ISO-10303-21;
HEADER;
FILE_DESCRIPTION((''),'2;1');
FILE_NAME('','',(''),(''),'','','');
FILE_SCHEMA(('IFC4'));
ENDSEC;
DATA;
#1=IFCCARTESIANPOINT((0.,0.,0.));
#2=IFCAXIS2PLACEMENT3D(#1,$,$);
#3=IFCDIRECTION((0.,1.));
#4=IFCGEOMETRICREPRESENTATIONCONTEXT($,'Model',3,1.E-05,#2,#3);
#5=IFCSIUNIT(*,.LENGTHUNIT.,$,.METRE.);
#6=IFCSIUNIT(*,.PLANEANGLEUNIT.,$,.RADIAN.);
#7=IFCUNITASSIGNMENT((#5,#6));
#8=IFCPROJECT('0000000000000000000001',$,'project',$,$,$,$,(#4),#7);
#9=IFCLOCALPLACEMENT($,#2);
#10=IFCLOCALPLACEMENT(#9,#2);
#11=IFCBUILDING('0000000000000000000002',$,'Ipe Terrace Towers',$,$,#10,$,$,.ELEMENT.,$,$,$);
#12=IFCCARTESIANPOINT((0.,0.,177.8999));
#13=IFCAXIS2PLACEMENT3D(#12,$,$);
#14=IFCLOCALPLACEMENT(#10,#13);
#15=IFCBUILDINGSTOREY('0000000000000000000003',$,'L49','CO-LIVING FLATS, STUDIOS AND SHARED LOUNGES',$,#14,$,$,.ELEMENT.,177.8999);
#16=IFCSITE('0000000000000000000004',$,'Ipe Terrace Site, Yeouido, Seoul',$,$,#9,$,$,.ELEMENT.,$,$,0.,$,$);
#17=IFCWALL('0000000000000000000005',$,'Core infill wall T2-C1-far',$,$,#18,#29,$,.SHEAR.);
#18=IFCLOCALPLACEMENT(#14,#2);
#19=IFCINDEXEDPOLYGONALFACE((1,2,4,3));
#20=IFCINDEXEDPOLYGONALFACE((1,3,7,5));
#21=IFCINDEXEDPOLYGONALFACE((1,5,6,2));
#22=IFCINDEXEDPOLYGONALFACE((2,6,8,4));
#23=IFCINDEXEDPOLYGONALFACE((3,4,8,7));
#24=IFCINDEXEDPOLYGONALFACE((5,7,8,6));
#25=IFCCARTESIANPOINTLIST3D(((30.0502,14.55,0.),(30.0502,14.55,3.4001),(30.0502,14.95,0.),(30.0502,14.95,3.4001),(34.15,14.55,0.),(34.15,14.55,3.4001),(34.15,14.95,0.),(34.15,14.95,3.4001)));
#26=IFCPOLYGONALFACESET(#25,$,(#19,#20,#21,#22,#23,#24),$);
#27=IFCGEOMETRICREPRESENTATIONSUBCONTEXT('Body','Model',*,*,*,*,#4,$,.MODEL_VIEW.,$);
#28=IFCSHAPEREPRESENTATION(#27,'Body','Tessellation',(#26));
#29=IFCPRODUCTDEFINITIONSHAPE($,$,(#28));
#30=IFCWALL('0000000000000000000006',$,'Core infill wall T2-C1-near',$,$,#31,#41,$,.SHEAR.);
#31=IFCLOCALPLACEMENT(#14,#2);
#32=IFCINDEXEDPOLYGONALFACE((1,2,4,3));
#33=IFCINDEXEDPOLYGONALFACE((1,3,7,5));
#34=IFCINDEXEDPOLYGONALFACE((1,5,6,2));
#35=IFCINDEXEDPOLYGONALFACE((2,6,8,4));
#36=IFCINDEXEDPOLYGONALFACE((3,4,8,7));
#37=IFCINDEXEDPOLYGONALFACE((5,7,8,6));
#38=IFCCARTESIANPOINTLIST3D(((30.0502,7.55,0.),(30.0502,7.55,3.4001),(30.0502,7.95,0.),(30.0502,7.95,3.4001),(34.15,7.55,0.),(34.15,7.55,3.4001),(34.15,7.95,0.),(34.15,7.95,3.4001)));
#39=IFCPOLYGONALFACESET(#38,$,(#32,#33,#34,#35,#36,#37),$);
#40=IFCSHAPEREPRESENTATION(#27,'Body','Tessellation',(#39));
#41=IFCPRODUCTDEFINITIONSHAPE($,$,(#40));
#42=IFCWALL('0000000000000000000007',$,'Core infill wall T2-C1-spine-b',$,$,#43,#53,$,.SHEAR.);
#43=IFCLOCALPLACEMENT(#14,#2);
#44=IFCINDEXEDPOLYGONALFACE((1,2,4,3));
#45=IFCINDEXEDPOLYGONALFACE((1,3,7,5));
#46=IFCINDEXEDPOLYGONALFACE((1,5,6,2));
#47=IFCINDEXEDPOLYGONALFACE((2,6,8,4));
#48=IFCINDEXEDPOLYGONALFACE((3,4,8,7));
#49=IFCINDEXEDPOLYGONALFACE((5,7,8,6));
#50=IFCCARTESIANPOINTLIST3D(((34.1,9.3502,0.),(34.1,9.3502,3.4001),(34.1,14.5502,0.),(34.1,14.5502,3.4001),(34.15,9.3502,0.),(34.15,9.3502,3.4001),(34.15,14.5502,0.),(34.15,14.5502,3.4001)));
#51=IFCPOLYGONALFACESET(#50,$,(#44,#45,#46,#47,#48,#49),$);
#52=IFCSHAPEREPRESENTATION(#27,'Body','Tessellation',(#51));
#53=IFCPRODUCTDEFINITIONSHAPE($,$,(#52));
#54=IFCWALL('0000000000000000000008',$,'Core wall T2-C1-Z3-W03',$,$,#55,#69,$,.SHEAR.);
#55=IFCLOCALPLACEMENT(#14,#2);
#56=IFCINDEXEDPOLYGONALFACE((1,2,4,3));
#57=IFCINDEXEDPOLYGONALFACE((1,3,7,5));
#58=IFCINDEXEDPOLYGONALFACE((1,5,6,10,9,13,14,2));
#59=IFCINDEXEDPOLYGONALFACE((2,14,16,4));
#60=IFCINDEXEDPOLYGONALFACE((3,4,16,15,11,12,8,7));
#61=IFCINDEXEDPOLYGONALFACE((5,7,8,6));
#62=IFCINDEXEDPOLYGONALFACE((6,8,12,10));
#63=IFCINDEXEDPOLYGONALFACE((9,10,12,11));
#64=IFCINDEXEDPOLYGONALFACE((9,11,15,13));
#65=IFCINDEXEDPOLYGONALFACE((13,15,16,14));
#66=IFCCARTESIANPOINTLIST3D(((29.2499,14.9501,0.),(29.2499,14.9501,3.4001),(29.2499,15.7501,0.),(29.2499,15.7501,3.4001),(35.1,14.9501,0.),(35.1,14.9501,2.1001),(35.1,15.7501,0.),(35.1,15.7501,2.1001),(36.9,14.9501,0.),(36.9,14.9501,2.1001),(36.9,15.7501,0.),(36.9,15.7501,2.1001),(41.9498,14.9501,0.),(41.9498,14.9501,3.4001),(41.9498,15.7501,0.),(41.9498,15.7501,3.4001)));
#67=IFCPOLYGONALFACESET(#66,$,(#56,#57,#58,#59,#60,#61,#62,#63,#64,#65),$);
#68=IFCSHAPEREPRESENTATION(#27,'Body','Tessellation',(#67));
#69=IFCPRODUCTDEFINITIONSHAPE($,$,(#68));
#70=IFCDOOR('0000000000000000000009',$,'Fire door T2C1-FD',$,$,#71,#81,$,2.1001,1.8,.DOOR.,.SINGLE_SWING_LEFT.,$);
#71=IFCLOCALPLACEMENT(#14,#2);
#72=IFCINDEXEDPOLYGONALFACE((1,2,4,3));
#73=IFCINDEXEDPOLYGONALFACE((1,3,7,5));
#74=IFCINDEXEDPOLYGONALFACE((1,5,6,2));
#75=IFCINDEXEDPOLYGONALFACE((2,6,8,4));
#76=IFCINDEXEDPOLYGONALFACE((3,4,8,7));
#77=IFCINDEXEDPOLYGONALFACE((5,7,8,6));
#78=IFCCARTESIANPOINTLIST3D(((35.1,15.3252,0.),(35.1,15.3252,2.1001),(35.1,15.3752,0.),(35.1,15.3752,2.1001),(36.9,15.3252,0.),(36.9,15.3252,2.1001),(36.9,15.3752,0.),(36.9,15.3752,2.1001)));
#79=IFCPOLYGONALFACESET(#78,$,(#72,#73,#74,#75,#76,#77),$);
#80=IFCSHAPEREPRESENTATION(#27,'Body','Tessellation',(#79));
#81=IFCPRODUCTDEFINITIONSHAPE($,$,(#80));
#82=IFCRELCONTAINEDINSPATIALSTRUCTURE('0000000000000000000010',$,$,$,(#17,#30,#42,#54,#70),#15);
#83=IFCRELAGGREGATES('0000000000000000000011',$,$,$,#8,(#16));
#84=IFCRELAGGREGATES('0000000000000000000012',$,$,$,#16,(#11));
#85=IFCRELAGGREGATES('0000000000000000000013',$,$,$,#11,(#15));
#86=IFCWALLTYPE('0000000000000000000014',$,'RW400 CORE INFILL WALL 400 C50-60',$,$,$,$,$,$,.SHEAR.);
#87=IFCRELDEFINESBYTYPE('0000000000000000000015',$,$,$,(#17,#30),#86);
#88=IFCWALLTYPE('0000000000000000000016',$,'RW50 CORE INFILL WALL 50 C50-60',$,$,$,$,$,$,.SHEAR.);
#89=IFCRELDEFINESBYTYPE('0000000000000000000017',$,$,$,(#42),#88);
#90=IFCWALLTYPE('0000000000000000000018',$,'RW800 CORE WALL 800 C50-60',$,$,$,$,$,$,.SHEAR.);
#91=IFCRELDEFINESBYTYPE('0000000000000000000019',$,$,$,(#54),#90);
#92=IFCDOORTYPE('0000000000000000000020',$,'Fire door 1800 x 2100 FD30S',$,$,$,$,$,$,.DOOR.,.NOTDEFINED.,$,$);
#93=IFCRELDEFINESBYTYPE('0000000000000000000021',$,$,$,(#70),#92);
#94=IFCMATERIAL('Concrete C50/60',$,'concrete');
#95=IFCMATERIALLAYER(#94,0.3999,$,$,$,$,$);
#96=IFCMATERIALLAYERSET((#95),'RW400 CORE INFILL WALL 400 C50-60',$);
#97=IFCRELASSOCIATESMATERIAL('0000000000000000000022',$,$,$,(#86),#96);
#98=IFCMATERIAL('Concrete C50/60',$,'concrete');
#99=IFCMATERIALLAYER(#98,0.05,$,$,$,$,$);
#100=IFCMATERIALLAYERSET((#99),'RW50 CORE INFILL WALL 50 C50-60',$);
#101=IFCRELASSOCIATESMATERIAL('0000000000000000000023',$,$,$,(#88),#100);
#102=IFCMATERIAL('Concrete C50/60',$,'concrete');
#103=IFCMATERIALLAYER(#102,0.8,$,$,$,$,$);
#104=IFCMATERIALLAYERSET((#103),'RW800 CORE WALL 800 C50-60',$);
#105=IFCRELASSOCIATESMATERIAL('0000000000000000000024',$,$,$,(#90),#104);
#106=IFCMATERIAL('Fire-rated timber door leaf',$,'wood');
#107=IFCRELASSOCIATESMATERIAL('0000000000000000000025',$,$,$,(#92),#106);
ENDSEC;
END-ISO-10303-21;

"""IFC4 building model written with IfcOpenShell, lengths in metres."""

from ifc_helpers import new_model, si_unit, direction, frame, frame_2d, origin, place, context, subcontext, project, spatial, rectangle, extrude, material, layer, layer_set, type_object, element, fill, save


model = new_model("IFC4")

# Units and contexts
model_context = context("Model", 3, precision=1e-05, world=origin(), true_north=direction((0.0, 1.0)))
body_context = subcontext(model_context, "Body", "Model", "MODEL_VIEW")
ifc_project = project(units=[si_unit("LENGTHUNIT", "METRE"), si_unit("PLANEANGLEUNIT", "RADIAN")], contexts=[model_context])

# Site, building, storey
site_placement = place(None, origin())
site = spatial("IfcSite", under=ifc_project, at=site_placement, Name="Ipe Terrace Site, Yeouido, Seoul", CompositionType="ELEMENT", RefElevation=0.0)
building_placement = place(site_placement, origin())
building = spatial("IfcBuilding", under=site, at=building_placement, Name="Ipe Terrace Towers", CompositionType="ELEMENT")
storey_placement = place(building_placement, frame((0.0, 0.0, 177.8999)))
storey = spatial("IfcBuildingStorey", under=building, at=storey_placement, Name="L49", Description="CO-LIVING FLATS, STUDIOS AND SHARED LOUNGES", CompositionType="ELEMENT", Elevation=177.8999)

# Walls
ifc_material_1 = material(Name="Concrete C50/60", Category="concrete")
ifc_layer_1 = layer(ifc_material_1, 0.3999)
ifc_layer_set_1 = layer_set([ifc_layer_1], Name="RW400 CORE INFILL WALL 400 C50-60")
wall_type_1 = type_object("IfcWallType", Name="RW400 CORE INFILL WALL 400 C50-60", PredefinedType="SHEAR", material=ifc_layer_set_1)
for number, where, z_axis, x_axis, name in (
    (1, (34.1499, 14.75, 0.0), (0.0, 0.0, 1.0), (-1.0, 0.0, 0.0), "Core infill wall T2-C1-far"),
    (2, (34.1499, 7.75, 0.0), (0.0, 0.0, 1.0), (-1.0, 0.0, 0.0), "Core infill wall T2-C1-near"),
):
    element("IfcWall", number, at=place(storey_placement, frame(where, z_axis=z_axis, x_axis=x_axis)), inside=storey, type_object=wall_type_1, Name=name, PredefinedType="SHEAR", context=body_context, shape_type="SweptSolid", body=[
        extrude(rectangle(XDim=4.0999, YDim=0.3999, at=frame_2d((2.0498, 0.0))), origin(), (0.0, 0.0, 1.0), 3.4001),
    ])
ifc_material_2 = material(Name="Concrete C50/60", Category="concrete")
ifc_layer_2 = layer(ifc_material_2, 0.05)
ifc_layer_set_2 = layer_set([ifc_layer_2], Name="RW50 CORE INFILL WALL 50 C50-60")
wall_type_2 = type_object("IfcWallType", Name="RW50 CORE INFILL WALL 50 C50-60", PredefinedType="SHEAR", material=ifc_layer_set_2)
wall_1_placement = place(storey_placement, frame((34.125, 9.3501, 0.0), z_axis=(0.0, 0.0, 1.0), x_axis=(0.0, 1.0, 0.0)))
element("IfcWall", 3, at=wall_1_placement, inside=storey, type_object=wall_type_2, Name="Core infill wall T2-C1-spine-b", PredefinedType="SHEAR", context=body_context, shape_type="SweptSolid", body=[
    extrude(rectangle(XDim=5.2, YDim=0.05, at=frame_2d((2.6001, 0.0))), origin(), (0.0, 0.0, 1.0), 3.4001),
])

# Wall, opening, door
ifc_material_3 = material(Name="Concrete C50/60", Category="concrete")
ifc_layer_3 = layer(ifc_material_3, 0.8)
ifc_layer_set_3 = layer_set([ifc_layer_3], Name="RW800 CORE WALL 800 C50-60")
wall_type_3 = type_object("IfcWallType", Name="RW800 CORE WALL 800 C50-60", PredefinedType="SHEAR", material=ifc_layer_set_3)
wall_2_placement = place(storey_placement, frame((41.95, 15.3501, 0.0), z_axis=(0.0, 0.0, 1.0), x_axis=(-1.0, 0.0, 0.0)))
wall_2 = element("IfcWall", 4, at=wall_2_placement, inside=storey, type_object=wall_type_3, Name="Core wall T2-C1-Z3-W03", PredefinedType="SHEAR", context=body_context, shape_type="SweptSolid", body=[
    extrude(rectangle(XDim=12.7, YDim=0.8, at=frame_2d((6.3501, 0.0))), origin(), (0.0, 0.0, 1.0), 3.4001),
])
opening_1_placement = place(wall_2_placement, frame((5.05, 0.0, 0.0)))
opening_1 = element("IfcOpeningElement", 5, at=opening_1_placement, cuts=wall_2, PredefinedType="OPENING", context=body_context, shape_type="SweptSolid", body=[
    extrude(rectangle(XDim=1.8, YDim=2.1001, at=frame_2d((0.8999, 1.05))), frame((0.0, 0.4102, 0.0), z_axis=(0.0, -1.0, 0.0), x_axis=(1.0, 0.0, 0.0)), (0.0, 0.0, 1.0), 0.8201),
])
ifc_material_4 = material(Name="Fire-rated timber door leaf", Category="wood")
door_type_1 = type_object("IfcDoorType", Name="Fire door 1800 x 2100 FD30S", OperationType="NOTDEFINED", PredefinedType="DOOR", material=ifc_material_4)
door_1_placement = place(opening_1_placement, origin())
door_1 = element("IfcDoor", 6, at=door_1_placement, inside=storey, type_object=door_type_1, Name="Fire door T2C1-FD", OperationType="SINGLE_SWING_LEFT", OverallHeight=2.1001, OverallWidth=1.8, PredefinedType="DOOR", context=body_context, shape_type="SweptSolid", body=[
    extrude(rectangle(XDim=1.8, YDim=2.1001, at=frame_2d((0.8999, 1.05))), frame((0.0, 0.0249, 0.0), z_axis=(0.0, -1.0, 0.0), x_axis=(1.0, 0.0, 0.0)), (0.0, 0.0, 1.0), 0.05),
])
fill(opening_1, door_1)

save(model, "model.ifc")
